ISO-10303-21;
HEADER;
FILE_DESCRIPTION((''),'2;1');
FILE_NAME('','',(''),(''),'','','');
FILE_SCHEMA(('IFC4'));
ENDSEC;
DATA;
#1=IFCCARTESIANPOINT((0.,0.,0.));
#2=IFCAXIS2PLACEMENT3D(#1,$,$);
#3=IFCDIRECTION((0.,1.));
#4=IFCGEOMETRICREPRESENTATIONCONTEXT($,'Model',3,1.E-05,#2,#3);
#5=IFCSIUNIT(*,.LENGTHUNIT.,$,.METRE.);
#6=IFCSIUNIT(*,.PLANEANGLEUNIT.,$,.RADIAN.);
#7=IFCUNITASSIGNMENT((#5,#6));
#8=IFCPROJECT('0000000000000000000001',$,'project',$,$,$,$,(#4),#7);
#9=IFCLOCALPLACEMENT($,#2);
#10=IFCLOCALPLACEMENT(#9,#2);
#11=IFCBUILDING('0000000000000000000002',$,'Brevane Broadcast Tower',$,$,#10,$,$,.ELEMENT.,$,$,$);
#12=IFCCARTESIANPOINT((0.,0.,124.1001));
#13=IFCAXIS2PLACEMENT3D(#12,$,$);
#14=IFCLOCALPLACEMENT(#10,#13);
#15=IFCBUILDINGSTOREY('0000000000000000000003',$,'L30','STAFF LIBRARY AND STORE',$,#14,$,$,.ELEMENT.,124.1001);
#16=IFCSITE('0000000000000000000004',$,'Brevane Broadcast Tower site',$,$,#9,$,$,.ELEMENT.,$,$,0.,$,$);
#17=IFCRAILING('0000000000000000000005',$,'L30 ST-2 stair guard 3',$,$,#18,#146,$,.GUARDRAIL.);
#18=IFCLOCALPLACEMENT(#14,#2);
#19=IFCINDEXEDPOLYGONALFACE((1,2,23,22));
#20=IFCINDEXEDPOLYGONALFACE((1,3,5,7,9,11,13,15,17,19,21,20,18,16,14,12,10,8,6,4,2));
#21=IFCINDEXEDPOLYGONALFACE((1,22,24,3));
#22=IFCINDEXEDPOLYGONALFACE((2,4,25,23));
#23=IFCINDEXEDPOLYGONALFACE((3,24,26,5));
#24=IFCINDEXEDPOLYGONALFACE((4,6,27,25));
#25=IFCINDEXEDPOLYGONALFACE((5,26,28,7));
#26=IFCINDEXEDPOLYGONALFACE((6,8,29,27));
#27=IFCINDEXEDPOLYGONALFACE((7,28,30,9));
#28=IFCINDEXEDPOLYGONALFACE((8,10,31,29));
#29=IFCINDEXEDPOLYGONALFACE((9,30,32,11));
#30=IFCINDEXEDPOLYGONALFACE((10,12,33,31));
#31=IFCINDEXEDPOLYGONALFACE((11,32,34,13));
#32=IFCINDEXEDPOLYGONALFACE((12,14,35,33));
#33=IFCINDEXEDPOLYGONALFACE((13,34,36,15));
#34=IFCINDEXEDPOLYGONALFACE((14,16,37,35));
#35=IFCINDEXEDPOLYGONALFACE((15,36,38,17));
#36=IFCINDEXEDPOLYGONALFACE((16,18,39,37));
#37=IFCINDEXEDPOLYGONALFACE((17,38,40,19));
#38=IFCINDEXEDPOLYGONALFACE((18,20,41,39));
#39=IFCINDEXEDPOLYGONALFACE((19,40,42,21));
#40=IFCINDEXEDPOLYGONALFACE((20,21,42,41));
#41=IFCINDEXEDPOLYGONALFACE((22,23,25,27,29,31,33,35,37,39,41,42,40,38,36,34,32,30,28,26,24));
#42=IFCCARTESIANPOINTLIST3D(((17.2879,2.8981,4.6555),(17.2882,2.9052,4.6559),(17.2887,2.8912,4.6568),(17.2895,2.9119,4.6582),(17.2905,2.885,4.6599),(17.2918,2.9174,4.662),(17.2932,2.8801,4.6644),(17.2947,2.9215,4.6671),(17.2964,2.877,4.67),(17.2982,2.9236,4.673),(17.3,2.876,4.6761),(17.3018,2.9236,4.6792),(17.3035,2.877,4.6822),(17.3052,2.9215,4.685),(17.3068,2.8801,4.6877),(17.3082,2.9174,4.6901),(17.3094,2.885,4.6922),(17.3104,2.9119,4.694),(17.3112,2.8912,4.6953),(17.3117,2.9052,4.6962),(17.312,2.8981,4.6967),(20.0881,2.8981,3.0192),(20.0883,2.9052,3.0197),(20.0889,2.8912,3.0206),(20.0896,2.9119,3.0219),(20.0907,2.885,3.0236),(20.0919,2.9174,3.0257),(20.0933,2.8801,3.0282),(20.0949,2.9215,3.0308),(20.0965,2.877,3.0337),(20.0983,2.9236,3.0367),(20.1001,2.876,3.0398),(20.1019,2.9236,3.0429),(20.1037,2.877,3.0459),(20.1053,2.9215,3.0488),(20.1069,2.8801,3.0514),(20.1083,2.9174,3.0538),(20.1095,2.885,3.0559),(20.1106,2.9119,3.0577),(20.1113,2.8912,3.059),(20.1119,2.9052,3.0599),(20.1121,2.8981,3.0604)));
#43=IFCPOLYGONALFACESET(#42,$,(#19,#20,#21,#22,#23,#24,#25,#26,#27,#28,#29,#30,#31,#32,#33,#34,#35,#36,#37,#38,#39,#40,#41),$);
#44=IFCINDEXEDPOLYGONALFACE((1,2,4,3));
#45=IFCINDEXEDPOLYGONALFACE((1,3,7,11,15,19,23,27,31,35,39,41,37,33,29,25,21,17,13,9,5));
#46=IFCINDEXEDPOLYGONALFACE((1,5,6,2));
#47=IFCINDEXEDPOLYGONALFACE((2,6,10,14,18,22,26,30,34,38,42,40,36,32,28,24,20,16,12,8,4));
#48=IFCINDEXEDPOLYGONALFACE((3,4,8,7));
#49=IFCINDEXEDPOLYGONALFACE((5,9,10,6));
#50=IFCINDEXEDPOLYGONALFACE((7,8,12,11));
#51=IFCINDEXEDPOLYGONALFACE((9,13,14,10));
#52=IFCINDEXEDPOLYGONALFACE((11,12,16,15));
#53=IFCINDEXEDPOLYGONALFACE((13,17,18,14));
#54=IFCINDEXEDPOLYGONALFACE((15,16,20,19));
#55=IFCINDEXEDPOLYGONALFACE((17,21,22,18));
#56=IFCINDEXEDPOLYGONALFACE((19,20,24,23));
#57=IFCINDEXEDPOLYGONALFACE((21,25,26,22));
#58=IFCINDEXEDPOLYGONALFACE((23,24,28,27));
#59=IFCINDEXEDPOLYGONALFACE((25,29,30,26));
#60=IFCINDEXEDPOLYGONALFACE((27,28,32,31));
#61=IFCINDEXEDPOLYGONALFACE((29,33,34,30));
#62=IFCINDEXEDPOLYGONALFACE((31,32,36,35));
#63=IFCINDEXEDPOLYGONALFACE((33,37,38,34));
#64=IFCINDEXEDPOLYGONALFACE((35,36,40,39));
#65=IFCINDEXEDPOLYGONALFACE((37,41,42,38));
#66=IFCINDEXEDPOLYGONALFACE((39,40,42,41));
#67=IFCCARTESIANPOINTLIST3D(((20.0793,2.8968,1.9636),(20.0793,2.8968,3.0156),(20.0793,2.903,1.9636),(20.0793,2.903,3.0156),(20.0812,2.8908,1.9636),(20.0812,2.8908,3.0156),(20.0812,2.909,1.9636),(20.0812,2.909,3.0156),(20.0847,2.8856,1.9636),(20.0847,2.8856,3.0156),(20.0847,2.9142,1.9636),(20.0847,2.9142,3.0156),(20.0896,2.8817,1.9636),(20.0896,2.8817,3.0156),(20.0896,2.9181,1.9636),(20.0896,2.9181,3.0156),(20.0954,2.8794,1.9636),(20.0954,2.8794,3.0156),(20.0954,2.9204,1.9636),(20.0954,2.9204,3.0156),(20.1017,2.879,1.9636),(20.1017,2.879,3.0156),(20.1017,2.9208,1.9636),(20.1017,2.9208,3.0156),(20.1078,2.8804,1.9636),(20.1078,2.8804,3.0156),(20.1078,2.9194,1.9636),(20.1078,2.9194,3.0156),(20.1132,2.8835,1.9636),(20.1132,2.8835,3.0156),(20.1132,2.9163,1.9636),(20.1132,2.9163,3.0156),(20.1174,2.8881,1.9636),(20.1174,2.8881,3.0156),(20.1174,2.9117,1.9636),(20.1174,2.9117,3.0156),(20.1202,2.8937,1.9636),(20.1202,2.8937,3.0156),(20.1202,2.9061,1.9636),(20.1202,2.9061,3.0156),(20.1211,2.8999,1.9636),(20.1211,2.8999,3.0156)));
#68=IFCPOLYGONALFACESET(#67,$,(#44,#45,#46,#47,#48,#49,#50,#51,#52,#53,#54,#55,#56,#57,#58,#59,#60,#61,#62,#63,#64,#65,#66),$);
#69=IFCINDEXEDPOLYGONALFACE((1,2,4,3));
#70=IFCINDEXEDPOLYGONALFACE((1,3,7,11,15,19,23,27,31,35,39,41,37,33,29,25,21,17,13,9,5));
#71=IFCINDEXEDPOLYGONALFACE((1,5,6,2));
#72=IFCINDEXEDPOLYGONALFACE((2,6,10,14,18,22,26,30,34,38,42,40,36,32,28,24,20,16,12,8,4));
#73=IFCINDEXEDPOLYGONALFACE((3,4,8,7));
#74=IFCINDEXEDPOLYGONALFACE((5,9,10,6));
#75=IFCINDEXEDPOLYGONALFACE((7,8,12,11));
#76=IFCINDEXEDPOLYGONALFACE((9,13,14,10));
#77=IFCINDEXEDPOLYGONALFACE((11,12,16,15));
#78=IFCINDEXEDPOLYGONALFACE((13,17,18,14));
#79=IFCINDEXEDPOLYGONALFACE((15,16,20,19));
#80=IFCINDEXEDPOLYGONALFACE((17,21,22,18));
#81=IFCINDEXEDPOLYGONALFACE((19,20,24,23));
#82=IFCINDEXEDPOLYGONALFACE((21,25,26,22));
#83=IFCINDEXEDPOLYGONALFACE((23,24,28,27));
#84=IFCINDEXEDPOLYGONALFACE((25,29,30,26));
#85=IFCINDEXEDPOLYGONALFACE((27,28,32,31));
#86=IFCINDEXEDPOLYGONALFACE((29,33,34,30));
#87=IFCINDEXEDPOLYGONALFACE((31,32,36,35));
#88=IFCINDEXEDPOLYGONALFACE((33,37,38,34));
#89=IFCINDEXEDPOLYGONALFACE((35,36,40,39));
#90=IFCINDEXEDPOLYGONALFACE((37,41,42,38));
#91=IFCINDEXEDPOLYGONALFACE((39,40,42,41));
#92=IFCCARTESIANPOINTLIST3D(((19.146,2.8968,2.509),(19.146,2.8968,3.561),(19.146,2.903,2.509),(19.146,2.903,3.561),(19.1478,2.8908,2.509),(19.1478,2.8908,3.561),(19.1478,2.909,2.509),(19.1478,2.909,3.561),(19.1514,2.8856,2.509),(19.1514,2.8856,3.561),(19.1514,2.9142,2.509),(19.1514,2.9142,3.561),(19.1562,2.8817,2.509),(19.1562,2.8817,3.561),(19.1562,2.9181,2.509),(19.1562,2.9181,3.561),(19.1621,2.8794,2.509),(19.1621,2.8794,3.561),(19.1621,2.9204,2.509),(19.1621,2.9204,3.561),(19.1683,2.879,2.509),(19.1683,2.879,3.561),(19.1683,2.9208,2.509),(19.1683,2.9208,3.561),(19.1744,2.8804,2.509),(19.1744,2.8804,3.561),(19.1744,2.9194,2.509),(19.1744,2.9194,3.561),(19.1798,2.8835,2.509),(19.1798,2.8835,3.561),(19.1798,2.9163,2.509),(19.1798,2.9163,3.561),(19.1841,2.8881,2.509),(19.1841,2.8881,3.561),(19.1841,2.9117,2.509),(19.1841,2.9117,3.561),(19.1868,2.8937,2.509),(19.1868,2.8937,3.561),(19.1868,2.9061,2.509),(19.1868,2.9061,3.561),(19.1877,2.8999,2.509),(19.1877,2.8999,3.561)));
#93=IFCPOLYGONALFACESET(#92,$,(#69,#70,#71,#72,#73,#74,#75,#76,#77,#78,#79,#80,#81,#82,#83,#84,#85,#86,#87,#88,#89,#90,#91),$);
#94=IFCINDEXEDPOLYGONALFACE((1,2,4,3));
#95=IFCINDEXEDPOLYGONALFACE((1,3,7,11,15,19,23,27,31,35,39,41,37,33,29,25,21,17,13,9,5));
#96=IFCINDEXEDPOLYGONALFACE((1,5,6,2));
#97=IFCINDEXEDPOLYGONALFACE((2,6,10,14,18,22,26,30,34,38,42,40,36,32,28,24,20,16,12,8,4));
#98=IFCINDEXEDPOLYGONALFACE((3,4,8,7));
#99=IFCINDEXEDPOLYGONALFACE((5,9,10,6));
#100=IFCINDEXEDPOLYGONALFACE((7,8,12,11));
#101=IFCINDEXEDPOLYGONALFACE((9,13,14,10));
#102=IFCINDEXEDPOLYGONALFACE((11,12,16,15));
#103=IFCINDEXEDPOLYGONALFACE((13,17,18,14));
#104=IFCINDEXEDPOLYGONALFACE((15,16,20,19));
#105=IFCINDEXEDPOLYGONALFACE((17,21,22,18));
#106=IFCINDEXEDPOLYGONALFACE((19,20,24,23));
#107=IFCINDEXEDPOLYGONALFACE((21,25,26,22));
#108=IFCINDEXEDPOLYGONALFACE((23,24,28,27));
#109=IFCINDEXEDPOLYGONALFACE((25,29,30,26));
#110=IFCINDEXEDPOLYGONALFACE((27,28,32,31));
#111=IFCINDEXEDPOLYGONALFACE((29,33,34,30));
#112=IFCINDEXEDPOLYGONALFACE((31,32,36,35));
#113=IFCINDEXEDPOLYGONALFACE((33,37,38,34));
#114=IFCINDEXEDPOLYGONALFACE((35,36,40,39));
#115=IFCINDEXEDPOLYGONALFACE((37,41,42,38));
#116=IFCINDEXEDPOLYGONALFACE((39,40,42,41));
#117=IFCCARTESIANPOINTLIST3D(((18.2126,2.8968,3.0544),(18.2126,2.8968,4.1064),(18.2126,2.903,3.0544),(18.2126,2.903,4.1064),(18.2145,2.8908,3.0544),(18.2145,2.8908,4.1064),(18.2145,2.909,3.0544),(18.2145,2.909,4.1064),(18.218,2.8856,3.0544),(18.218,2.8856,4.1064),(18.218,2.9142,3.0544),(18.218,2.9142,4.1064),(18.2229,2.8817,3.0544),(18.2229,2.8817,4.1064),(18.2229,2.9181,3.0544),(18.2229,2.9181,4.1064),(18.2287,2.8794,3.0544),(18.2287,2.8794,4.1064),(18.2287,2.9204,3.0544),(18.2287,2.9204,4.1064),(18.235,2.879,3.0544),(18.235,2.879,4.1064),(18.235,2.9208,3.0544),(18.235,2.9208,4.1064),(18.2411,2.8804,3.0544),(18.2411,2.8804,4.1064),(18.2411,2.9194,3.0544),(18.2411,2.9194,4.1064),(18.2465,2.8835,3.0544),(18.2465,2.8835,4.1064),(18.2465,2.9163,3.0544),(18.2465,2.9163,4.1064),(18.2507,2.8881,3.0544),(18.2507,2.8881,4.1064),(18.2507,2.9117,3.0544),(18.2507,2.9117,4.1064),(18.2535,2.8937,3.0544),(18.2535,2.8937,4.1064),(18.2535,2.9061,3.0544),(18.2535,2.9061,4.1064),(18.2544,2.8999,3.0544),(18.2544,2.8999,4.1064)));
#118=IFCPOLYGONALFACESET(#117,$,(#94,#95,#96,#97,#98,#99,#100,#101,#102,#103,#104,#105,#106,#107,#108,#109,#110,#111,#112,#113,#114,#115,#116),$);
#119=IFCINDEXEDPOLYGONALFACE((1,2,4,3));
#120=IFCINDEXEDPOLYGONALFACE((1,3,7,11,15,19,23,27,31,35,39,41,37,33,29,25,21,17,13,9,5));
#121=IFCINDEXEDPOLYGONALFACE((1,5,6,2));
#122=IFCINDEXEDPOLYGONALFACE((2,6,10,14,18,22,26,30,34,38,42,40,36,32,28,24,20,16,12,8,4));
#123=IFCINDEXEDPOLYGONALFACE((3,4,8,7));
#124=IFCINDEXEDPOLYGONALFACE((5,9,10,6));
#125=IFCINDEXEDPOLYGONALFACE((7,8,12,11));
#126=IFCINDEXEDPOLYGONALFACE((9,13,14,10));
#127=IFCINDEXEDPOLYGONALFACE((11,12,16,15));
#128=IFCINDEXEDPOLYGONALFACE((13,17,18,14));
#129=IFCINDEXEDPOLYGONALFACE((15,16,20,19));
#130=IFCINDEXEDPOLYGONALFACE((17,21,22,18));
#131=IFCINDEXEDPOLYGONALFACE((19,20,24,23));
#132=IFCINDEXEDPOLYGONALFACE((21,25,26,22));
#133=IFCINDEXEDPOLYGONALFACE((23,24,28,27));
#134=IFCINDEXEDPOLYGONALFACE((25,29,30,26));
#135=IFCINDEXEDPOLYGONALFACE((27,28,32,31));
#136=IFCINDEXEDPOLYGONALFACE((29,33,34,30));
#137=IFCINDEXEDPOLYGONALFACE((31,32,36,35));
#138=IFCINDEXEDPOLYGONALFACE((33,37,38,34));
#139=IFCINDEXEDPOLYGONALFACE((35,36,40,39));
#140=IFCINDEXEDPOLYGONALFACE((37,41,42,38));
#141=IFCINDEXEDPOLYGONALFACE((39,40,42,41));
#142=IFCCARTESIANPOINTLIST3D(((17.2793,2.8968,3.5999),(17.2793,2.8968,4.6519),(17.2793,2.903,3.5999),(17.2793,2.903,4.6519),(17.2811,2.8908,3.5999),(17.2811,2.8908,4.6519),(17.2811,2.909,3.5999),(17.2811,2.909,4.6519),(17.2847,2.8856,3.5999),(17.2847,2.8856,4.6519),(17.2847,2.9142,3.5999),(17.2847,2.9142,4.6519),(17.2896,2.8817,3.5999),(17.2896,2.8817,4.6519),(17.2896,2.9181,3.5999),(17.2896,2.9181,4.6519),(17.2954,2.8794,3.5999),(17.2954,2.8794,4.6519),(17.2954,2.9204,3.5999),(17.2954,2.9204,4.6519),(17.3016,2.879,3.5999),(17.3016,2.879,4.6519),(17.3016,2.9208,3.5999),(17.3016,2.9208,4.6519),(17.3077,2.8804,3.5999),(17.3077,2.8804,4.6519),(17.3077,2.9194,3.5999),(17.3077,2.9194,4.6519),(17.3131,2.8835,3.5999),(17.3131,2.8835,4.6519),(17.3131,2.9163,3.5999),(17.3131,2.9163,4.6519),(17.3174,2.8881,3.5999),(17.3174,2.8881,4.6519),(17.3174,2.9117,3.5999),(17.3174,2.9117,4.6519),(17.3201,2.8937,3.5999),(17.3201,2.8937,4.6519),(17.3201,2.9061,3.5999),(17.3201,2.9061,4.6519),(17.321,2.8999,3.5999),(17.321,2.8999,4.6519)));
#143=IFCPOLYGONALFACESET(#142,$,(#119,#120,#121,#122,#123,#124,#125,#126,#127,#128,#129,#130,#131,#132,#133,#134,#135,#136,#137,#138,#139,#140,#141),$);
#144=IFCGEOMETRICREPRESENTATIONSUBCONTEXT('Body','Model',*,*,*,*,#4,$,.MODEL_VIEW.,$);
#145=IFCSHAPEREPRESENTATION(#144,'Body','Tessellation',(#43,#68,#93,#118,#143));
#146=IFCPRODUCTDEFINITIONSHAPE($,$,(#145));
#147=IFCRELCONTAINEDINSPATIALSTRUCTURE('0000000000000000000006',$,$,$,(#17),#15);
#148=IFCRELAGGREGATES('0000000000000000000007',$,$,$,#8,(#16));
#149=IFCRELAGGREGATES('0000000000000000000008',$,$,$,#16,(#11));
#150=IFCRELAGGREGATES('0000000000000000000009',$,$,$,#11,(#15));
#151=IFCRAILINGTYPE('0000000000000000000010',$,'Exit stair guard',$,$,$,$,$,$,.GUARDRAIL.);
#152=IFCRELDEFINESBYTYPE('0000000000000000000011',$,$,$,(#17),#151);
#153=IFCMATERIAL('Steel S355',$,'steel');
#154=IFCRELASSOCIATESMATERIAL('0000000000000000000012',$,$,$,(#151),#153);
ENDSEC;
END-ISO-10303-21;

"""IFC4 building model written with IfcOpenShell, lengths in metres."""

from ifc_helpers import new_model, si_unit, direction, frame, origin, origin_2d, place, context, subcontext, project, spatial, circle, extrude, material, type_object, element, save


model = new_model("IFC4")

# Units and contexts
model_context = context("Model", 3, precision=1e-05, world=origin(), true_north=direction((0.0, 1.0)))
body_context = subcontext(model_context, "Body", "Model", "MODEL_VIEW")
ifc_project = project(units=[si_unit("LENGTHUNIT", "METRE"), si_unit("PLANEANGLEUNIT", "RADIAN")], contexts=[model_context])

# Site, building, storey
site_placement = place(None, origin())
site = spatial("IfcSite", under=ifc_project, at=site_placement, Name="Brevane Broadcast Tower site", CompositionType="ELEMENT", RefElevation=0.0)
building_placement = place(site_placement, origin())
building = spatial("IfcBuilding", under=site, at=building_placement, Name="Brevane Broadcast Tower", CompositionType="ELEMENT")
storey_placement = place(building_placement, frame((0.0, 0.0, 124.1001)))
storey = spatial("IfcBuildingStorey", under=building, at=storey_placement, Name="L30", Description="STAFF LIBRARY AND STORE", CompositionType="ELEMENT", Elevation=124.1001)

# Railing
ifc_material_1 = material(Name="Steel S355", Category="steel")
railing_type_1 = type_object("IfcRailingType", Name="Exit stair guard", PredefinedType="GUARDRAIL", material=ifc_material_1)
railing_1_placement = place(storey_placement, frame((20.1001, 2.8999, 1.9636)))
element("IfcRailing", 1, at=railing_1_placement, inside=storey, type_object=railing_type_1, Name="L30 ST-2 stair guard 3", PredefinedType="GUARDRAIL", context=body_context, shape_type="SweptSolid", body=[
    extrude(circle(Radius=0.0239, at=origin_2d()), frame((0.0, 0.0, 1.0762), z_axis=(-0.863394, 0.0, 0.504531), x_axis=(0.0, -1.0, 0.0)), (0.0, 0.0, 1.0), 3.2432),
    extrude(circle(Radius=0.021, at=origin_2d()), origin(), (0.0, 0.0, 1.0), 1.052),
    extrude(circle(Radius=0.021, at=origin_2d()), frame((-0.9333, 0.0, 0.5454)), (0.0, 0.0, 1.0), 1.052),
    extrude(circle(Radius=0.021, at=origin_2d()), frame((-1.8667, 0.0, 1.0908)), (0.0, 0.0, 1.0), 1.052),
    extrude(circle(Radius=0.021, at=origin_2d()), frame((-2.8, 0.0, 1.6362)), (0.0, 0.0, 1.0), 1.052),
])

save(model, "model.ifc")
